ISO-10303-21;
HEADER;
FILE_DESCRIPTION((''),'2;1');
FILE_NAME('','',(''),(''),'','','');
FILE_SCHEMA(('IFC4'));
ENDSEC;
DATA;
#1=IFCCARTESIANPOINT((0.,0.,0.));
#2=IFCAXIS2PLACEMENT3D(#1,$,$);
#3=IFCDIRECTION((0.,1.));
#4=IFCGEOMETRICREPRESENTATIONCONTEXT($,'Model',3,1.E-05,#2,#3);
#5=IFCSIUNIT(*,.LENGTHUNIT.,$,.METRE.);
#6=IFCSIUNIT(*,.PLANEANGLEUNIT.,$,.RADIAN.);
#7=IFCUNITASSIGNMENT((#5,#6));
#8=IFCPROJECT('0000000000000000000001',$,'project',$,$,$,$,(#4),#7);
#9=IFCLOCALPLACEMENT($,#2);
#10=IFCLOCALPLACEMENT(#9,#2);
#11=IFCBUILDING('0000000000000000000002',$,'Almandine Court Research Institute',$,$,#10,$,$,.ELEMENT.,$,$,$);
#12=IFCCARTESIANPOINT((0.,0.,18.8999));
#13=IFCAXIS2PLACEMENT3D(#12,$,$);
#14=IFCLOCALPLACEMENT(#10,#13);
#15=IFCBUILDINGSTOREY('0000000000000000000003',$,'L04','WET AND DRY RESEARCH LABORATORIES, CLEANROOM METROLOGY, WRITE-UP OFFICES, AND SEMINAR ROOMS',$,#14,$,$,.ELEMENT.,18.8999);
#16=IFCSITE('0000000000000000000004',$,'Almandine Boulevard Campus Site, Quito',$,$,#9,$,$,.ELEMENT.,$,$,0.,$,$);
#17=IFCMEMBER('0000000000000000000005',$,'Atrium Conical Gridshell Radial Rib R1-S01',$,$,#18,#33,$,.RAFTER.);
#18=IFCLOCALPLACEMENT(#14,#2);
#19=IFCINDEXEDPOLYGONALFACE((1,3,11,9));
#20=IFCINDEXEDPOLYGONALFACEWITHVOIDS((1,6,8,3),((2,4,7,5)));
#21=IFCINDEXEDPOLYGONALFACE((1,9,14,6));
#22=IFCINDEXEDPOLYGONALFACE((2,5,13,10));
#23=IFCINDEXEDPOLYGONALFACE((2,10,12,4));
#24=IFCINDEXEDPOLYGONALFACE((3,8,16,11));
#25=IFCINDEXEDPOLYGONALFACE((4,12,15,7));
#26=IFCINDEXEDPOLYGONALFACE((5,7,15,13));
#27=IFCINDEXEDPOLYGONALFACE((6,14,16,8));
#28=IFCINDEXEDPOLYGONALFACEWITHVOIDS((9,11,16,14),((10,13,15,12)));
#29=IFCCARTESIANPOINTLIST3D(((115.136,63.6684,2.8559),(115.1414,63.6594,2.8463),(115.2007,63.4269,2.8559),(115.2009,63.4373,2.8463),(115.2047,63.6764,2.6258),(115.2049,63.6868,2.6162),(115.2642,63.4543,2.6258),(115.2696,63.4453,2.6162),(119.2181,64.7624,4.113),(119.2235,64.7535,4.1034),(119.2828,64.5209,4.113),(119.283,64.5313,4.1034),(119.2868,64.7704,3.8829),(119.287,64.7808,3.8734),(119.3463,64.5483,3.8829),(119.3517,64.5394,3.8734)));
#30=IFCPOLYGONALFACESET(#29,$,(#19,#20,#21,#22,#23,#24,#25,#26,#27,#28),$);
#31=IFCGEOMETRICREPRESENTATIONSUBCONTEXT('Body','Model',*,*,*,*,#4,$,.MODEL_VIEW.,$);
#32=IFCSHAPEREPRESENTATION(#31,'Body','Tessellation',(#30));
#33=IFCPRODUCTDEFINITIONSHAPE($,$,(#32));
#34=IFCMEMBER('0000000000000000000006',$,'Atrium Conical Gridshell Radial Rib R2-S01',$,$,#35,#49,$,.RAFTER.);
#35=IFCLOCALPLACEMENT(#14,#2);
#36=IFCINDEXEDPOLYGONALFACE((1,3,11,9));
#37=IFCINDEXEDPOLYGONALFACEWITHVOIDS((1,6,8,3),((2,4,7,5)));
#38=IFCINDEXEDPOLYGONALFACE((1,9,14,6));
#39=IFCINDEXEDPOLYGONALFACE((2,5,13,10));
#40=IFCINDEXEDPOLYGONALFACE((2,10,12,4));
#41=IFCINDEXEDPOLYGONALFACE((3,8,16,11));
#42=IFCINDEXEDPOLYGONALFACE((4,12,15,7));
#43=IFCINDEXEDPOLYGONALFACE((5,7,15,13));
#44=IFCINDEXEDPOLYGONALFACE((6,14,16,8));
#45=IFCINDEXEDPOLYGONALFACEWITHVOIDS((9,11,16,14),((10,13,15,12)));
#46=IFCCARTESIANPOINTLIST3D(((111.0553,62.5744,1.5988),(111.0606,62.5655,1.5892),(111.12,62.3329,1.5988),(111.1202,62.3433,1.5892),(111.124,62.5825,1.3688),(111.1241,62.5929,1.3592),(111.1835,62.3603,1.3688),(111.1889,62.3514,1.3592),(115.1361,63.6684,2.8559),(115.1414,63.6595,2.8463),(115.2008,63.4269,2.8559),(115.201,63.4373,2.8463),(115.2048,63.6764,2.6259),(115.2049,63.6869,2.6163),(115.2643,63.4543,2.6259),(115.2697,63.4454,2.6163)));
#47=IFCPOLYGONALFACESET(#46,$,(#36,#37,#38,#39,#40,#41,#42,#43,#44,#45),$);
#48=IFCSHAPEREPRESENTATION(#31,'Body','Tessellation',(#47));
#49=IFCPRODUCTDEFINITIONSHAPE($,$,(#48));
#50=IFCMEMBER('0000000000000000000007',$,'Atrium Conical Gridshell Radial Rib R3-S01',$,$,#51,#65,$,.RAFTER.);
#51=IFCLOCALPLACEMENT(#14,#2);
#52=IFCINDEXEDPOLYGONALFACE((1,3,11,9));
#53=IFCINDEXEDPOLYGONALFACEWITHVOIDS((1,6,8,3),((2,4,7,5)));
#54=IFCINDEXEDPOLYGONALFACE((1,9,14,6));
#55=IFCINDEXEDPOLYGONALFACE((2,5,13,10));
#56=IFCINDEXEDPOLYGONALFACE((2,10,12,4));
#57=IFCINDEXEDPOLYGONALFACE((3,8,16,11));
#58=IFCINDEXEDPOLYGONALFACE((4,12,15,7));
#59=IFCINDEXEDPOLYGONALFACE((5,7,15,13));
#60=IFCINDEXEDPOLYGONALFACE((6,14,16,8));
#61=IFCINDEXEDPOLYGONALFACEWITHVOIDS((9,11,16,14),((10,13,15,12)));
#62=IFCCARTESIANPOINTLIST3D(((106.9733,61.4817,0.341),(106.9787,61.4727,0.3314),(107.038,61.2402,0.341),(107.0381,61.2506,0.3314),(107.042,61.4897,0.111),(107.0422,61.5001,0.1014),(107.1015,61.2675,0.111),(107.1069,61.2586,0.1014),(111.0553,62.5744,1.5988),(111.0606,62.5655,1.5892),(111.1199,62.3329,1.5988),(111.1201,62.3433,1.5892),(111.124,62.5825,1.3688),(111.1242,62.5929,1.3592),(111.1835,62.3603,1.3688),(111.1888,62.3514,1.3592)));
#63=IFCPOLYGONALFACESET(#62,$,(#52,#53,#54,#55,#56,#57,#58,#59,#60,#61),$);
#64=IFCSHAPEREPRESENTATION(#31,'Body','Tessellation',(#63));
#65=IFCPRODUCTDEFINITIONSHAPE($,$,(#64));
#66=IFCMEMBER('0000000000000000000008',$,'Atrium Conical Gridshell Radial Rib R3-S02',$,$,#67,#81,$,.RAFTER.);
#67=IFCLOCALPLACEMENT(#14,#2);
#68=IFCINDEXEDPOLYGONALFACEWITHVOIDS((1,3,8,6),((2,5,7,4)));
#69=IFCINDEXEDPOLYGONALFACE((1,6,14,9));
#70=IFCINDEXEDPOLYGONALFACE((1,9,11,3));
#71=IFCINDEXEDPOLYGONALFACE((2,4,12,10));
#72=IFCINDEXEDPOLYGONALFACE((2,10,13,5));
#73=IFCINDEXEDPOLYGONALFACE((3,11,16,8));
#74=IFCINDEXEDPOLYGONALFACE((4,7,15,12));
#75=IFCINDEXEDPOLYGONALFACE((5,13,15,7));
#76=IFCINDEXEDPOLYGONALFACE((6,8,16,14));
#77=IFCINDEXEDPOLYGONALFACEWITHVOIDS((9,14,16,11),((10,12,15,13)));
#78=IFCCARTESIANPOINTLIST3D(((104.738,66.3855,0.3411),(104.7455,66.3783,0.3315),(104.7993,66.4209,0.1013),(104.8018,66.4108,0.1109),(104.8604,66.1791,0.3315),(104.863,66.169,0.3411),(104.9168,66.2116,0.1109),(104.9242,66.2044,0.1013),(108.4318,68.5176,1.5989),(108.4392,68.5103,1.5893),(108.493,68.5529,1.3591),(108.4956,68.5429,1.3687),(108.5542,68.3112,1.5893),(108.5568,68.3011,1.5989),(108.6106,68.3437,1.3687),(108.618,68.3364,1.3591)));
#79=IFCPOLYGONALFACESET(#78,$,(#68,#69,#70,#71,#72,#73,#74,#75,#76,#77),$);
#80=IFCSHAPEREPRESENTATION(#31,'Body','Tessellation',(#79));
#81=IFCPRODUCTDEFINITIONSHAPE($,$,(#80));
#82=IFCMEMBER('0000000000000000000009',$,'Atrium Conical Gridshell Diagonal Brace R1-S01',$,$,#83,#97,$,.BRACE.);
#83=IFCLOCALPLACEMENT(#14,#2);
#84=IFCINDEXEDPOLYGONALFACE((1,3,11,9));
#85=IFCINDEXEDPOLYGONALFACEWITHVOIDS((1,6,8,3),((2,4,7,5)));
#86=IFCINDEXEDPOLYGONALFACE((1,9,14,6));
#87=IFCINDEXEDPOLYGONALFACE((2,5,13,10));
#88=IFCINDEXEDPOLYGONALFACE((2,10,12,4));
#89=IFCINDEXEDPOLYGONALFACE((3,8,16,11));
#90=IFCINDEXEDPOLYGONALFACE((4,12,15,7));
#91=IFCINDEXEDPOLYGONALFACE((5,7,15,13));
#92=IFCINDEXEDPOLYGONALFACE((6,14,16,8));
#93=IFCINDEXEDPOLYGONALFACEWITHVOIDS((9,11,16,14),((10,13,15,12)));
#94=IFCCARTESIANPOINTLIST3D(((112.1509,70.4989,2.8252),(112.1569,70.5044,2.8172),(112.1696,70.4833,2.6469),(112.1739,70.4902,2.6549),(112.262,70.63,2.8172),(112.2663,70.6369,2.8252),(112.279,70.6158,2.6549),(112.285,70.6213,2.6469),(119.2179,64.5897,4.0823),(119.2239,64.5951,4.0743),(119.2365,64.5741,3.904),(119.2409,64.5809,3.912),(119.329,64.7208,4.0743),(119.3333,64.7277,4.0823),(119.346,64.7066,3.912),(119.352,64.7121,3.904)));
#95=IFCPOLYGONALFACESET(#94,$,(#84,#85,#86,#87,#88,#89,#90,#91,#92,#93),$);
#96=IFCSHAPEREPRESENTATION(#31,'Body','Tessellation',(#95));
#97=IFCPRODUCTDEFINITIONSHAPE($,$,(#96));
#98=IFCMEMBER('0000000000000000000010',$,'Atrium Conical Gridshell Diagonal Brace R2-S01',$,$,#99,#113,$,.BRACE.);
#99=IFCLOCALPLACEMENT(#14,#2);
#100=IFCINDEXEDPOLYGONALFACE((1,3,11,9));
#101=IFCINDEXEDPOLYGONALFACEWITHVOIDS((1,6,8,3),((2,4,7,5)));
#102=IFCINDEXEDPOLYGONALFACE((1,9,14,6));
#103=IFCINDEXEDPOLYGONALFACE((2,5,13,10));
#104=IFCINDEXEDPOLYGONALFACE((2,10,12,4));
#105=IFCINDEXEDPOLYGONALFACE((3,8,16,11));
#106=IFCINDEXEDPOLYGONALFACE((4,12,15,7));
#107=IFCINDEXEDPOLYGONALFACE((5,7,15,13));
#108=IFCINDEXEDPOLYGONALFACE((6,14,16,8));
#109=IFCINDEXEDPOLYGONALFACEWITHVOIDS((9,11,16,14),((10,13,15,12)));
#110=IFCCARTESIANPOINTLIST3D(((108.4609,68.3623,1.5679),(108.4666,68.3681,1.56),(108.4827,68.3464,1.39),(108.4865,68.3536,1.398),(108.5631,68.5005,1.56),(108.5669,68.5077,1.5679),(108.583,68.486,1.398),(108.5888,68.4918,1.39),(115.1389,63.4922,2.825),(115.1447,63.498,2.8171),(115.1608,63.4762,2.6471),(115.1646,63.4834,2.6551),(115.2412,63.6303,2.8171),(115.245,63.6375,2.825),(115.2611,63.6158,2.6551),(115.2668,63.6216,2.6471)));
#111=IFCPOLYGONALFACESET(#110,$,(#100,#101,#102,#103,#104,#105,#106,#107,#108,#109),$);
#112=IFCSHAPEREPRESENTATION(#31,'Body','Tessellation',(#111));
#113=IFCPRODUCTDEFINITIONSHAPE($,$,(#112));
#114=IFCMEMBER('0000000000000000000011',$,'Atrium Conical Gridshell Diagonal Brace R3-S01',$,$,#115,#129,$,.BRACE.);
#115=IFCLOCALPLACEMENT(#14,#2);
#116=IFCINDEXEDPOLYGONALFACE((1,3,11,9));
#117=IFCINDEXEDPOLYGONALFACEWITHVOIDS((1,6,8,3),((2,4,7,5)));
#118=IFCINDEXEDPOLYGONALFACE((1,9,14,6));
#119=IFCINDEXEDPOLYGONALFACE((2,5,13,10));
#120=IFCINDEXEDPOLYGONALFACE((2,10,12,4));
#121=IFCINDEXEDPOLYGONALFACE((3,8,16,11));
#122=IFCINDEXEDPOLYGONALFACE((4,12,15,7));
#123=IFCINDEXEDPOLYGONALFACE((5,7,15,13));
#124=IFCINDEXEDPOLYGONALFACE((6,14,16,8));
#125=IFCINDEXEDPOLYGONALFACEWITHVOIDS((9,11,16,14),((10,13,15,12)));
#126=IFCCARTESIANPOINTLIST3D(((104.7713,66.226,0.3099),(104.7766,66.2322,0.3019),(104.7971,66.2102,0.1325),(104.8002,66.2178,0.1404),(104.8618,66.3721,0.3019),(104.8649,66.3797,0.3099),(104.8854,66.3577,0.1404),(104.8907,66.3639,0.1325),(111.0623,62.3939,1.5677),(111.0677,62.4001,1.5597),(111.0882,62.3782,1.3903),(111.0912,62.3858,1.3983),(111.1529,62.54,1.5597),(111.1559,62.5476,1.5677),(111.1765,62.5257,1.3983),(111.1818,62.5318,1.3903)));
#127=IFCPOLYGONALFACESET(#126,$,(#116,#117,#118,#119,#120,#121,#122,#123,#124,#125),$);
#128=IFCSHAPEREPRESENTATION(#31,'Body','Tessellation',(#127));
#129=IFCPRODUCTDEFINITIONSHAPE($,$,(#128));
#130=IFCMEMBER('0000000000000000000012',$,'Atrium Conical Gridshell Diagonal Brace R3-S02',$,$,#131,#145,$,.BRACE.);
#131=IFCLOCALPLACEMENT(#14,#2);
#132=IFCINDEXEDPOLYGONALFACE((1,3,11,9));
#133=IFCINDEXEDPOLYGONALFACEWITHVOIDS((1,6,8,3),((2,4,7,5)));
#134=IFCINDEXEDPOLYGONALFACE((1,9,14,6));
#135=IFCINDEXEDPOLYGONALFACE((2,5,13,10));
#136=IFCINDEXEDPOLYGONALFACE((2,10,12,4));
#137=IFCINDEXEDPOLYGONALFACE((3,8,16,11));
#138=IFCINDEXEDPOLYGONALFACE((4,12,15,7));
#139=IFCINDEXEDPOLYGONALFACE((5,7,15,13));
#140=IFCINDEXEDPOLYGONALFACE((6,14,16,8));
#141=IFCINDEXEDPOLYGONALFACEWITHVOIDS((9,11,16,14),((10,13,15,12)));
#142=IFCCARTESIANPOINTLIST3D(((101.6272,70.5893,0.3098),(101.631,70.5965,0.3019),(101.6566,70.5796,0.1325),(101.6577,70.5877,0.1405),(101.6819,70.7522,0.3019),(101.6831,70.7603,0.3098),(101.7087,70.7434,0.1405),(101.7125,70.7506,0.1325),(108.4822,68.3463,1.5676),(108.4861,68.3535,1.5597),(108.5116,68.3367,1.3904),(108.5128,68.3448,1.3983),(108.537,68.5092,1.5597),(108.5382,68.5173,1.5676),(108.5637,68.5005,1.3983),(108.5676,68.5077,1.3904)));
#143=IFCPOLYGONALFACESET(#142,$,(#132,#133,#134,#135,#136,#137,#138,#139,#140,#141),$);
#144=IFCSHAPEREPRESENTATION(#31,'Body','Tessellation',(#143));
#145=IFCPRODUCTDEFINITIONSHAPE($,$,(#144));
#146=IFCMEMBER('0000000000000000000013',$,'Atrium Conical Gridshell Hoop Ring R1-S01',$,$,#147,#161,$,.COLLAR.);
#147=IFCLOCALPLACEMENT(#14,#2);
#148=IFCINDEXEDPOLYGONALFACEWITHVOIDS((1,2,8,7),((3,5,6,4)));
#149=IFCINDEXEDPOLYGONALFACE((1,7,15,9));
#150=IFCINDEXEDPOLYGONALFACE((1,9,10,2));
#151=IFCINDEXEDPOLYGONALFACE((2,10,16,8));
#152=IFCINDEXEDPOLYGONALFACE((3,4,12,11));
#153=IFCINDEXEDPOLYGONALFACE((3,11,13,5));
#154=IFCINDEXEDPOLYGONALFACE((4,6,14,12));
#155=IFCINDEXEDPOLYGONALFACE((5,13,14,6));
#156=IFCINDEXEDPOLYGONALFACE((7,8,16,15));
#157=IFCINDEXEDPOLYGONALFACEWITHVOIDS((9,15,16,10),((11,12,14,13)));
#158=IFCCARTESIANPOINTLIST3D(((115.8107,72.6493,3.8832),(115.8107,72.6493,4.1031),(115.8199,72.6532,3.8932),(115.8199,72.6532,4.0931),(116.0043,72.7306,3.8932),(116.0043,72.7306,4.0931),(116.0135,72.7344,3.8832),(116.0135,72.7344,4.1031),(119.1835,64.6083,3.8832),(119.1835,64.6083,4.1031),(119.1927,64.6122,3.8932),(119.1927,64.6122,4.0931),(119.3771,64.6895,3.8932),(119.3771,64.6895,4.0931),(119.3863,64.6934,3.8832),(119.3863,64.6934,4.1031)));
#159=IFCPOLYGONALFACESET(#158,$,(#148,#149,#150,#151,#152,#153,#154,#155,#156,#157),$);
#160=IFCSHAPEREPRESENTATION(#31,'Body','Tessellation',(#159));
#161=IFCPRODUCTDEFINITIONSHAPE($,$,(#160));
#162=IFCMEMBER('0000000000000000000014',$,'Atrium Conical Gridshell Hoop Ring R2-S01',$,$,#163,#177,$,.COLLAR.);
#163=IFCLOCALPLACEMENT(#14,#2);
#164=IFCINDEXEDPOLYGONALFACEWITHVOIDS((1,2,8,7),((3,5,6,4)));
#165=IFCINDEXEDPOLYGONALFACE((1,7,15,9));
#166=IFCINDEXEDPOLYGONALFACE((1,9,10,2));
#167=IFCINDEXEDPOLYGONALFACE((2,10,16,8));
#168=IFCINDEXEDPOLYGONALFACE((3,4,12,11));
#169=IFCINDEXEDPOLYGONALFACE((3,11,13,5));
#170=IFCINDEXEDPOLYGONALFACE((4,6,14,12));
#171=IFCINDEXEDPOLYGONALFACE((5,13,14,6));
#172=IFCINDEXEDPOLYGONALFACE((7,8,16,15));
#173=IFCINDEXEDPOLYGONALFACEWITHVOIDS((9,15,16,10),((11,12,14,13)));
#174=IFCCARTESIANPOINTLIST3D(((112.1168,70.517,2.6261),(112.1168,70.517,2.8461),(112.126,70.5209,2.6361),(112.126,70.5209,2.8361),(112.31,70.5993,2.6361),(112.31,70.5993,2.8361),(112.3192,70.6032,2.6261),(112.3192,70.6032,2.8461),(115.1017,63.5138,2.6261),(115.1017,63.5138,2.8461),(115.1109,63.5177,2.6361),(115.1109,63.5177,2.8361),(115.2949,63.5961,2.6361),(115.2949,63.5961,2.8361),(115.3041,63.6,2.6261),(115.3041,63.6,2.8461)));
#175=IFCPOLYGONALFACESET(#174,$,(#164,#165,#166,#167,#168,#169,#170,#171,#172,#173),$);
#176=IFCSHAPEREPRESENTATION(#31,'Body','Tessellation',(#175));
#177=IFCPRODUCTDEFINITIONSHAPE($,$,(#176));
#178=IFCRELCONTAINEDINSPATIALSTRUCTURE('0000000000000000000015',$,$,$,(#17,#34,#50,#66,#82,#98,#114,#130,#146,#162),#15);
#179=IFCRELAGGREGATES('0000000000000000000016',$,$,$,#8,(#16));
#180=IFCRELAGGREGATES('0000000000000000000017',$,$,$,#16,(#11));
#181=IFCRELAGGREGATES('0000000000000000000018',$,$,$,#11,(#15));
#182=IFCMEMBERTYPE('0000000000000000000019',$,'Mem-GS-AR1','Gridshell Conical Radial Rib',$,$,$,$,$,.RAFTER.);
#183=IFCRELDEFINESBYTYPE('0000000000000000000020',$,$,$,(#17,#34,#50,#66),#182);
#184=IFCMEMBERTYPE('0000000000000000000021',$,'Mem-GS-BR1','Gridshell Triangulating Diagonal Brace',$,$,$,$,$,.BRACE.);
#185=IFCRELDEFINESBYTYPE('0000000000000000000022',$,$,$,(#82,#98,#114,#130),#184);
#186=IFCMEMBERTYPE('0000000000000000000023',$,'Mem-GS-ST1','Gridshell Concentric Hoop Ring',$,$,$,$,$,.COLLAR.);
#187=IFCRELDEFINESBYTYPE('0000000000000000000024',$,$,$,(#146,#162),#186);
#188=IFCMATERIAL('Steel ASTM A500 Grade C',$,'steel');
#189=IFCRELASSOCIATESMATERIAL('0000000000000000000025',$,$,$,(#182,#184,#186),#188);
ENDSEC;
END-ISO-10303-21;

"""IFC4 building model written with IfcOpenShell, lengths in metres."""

from ifc_helpers import new_model, si_unit, direction, frame, origin, origin_2d, place, context, subcontext, project, spatial, hollow_rectangle, extrude, material, material_profile, profile_set, type_object, element, save


model = new_model("IFC4")

# Units and contexts
model_context = context("Model", 3, precision=1e-05, world=origin(), true_north=direction((0.0, 1.0)))
body_context = subcontext(model_context, "Body", "Model", "MODEL_VIEW")
ifc_project = project(units=[si_unit("LENGTHUNIT", "METRE"), si_unit("PLANEANGLEUNIT", "RADIAN")], contexts=[model_context])

# Site, building, storey
site_placement = place(None, origin())
site = spatial("IfcSite", under=ifc_project, at=site_placement, Name="Almandine Boulevard Campus Site, Quito", CompositionType="ELEMENT", RefElevation=0.0)
building_placement = place(site_placement, origin())
building = spatial("IfcBuilding", under=site, at=building_placement, Name="Almandine Court Research Institute", CompositionType="ELEMENT")
storey_placement = place(building_placement, frame((0.0, 0.0, 18.8999)))
storey = spatial("IfcBuildingStorey", under=building, at=storey_placement, Name="L04", Description="WET AND DRY RESEARCH LABORATORIES, CLEANROOM METROLOGY, WRITE-UP OFFICES, AND SEMINAR ROOMS", CompositionType="ELEMENT", Elevation=18.8999)

# Members
ifc_material_1 = material(Name="Steel ASTM A500 Grade C", Category="steel")
ifc_material_profile_1 = material_profile(ifc_material_1, hollow_rectangle(XDim=0.25, YDim=0.25, WallThickness=0.01, at=origin_2d()), Name="HSS 250x250x10")
ifc_profile_set_1 = profile_set([ifc_material_profile_1], Name="Steel ASTM A500 Grade C")
member_type_1 = type_object("IfcMemberType", Name="Mem-GS-AR1", Description="Gridshell Conical Radial Rib", PredefinedType="RAFTER", material=ifc_profile_set_1)
member_1_placement = place(storey_placement, frame((119.2849, 64.6509, 3.9932), z_axis=(-0.925822, -0.248123, -0.285111), x_axis=(0.258867, -0.965913, 0.0)))
element("IfcMember", 1, at=member_1_placement, inside=storey, type_object=member_type_1, Name="Atrium Conical Gridshell Radial Rib R1-S01", PredefinedType="RAFTER", context=body_context, shape_type="SweptSolid", body=[
    extrude(hollow_rectangle(XDim=0.25, YDim=0.25, WallThickness=0.01, at=origin_2d()), origin(), (0.0, 0.0, 1.0), 4.4092),
])
member_2_placement = place(storey_placement, frame((115.2029, 63.5569, 2.7361), z_axis=(-0.925783, -0.248186, -0.285184), x_axis=(0.258939, -0.965894, 0.0)))
element("IfcMember", 2, at=member_2_placement, inside=storey, type_object=member_type_1, Name="Atrium Conical Gridshell Radial Rib R2-S01", PredefinedType="RAFTER", context=body_context, shape_type="SweptSolid", body=[
    extrude(hollow_rectangle(XDim=0.25, YDim=0.25, WallThickness=0.01, at=origin_2d()), origin(), (0.0, 0.0, 1.0), 4.408),
])
member_3_placement = place(storey_placement, frame((111.1221, 62.4629, 1.479), z_axis=(-0.925842, -0.247851, -0.285283), x_axis=(0.258597, -0.965985, 0.0)))
element("IfcMember", 3, at=member_3_placement, inside=storey, type_object=member_type_1, Name="Atrium Conical Gridshell Radial Rib R3-S01", PredefinedType="RAFTER", context=body_context, shape_type="SweptSolid", body=[
    extrude(hollow_rectangle(XDim=0.25, YDim=0.25, WallThickness=0.01, at=origin_2d()), origin(), (0.0, 0.0, 1.0), 4.4089),
])
member_4_placement = place(storey_placement, frame((108.5249, 68.427, 1.479), z_axis=(-0.83071, -0.479484, -0.28287), x_axis=(0.499901, -0.866083, 0.0)))
element("IfcMember", 4, at=member_4_placement, inside=storey, type_object=member_type_1, Name="Atrium Conical Gridshell Radial Rib R3-S02", PredefinedType="RAFTER", context=body_context, shape_type="SweptSolid", body=[
    extrude(hollow_rectangle(XDim=0.25, YDim=0.25, WallThickness=0.01, at=origin_2d()), origin(), (0.0, 0.0, 1.0), 4.4465),
])
ifc_material_profile_2 = material_profile(ifc_material_1, hollow_rectangle(XDim=0.1799, YDim=0.1799, WallThickness=0.0081, at=origin_2d()), Name="HSS 180x180x8")
ifc_profile_set_2 = profile_set([ifc_material_profile_2], Name="Steel ASTM A500 Grade C")
member_type_2 = type_object("IfcMemberType", Name="Mem-GS-BR1", Description="Gridshell Triangulating Diagonal Brace", PredefinedType="BRACE", material=ifc_profile_set_2)
member_5_placement = place(storey_placement, frame((119.2849, 64.6509, 3.9932), z_axis=(-0.760102, 0.635581, -0.135209), x_axis=(-0.641471, -0.767147, 0.0)))
element("IfcMember", 5, at=member_5_placement, inside=storey, type_object=member_type_2, Name="Atrium Conical Gridshell Diagonal Brace R1-S01", PredefinedType="BRACE", context=body_context, shape_type="SweptSolid", body=[
    extrude(hollow_rectangle(XDim=0.1799, YDim=0.1799, WallThickness=0.0081, at=origin_2d()), origin(), (0.0, 0.0, 1.0), 9.2974),
])
member_6_placement = place(storey_placement, frame((115.2029, 63.5569, 2.7361), z_axis=(-0.798778, 0.582533, -0.150364), x_axis=(-0.589232, -0.807964, 0.0)))
element("IfcMember", 6, at=member_6_placement, inside=storey, type_object=member_type_2, Name="Atrium Conical Gridshell Diagonal Brace R2-S01", PredefinedType="BRACE", context=body_context, shape_type="SweptSolid", body=[
    extrude(hollow_rectangle(XDim=0.1799, YDim=0.1799, WallThickness=0.0081, at=origin_2d()), origin(), (0.0, 0.0, 1.0), 8.3604),
])
member_7_placement = place(storey_placement, frame((111.1221, 62.4629, 1.479), z_axis=(-0.84185, 0.512794, -0.168318), x_axis=(-0.520216, -0.854035, 0.0)))
element("IfcMember", 7, at=member_7_placement, inside=storey, type_object=member_type_2, Name="Atrium Conical Gridshell Diagonal Brace R3-S01", PredefinedType="BRACE", context=body_context, shape_type="SweptSolid", body=[
    extrude(hollow_rectangle(XDim=0.1799, YDim=0.1799, WallThickness=0.0081, at=origin_2d()), origin(), (0.0, 0.0, 1.0), 7.4729),
])
member_8_placement = place(storey_placement, frame((108.5249, 68.427, 1.479), z_axis=(-0.936288, 0.306349, -0.171798), x_axis=(-0.310973, -0.950419, 0.0)))
element("IfcMember", 8, at=member_8_placement, inside=storey, type_object=member_type_2, Name="Atrium Conical Gridshell Diagonal Brace R3-S02", PredefinedType="BRACE", context=body_context, shape_type="SweptSolid", body=[
    extrude(hollow_rectangle(XDim=0.1799, YDim=0.1799, WallThickness=0.0081, at=origin_2d()), origin(), (0.0, 0.0, 1.0), 7.3215),
])
ifc_material_profile_3 = material_profile(ifc_material_1, hollow_rectangle(XDim=0.22, YDim=0.22, WallThickness=0.01, at=origin_2d()), Name="HSS 220x220x10")
ifc_profile_set_3 = profile_set([ifc_material_profile_3], Name="Steel ASTM A500 Grade C")
member_type_3 = type_object("IfcMemberType", Name="Mem-GS-ST1", Description="Gridshell Concentric Hoop Ring", PredefinedType="COLLAR", material=ifc_profile_set_3)
member_9_placement = place(storey_placement, frame((119.2849, 64.6509, 3.9932), z_axis=(-0.386801, 0.922163, 0.0), x_axis=(-0.922163, -0.386801, 0.0)))
element("IfcMember", 9, at=member_9_placement, inside=storey, type_object=member_type_3, Name="Atrium Conical Gridshell Hoop Ring R1-S01", PredefinedType="COLLAR", context=body_context, shape_type="SweptSolid", body=[
    extrude(hollow_rectangle(XDim=0.22, YDim=0.22, WallThickness=0.01, at=origin_2d()), origin(), (0.0, 0.0, 1.0), 8.7197),
])
member_10_placement = place(storey_placement, frame((115.2029, 63.5569, 2.7361), z_axis=(-0.392088, 0.919928, 0.0), x_axis=(-0.919928, -0.392088, 0.0)))
element("IfcMember", 10, at=member_10_placement, inside=storey, type_object=member_type_3, Name="Atrium Conical Gridshell Hoop Ring R2-S01", PredefinedType="COLLAR", context=body_context, shape_type="SweptSolid", body=[
    extrude(hollow_rectangle(XDim=0.22, YDim=0.22, WallThickness=0.01, at=origin_2d()), origin(), (0.0, 0.0, 1.0), 7.6128),
])

save(model, "model.ifc")
